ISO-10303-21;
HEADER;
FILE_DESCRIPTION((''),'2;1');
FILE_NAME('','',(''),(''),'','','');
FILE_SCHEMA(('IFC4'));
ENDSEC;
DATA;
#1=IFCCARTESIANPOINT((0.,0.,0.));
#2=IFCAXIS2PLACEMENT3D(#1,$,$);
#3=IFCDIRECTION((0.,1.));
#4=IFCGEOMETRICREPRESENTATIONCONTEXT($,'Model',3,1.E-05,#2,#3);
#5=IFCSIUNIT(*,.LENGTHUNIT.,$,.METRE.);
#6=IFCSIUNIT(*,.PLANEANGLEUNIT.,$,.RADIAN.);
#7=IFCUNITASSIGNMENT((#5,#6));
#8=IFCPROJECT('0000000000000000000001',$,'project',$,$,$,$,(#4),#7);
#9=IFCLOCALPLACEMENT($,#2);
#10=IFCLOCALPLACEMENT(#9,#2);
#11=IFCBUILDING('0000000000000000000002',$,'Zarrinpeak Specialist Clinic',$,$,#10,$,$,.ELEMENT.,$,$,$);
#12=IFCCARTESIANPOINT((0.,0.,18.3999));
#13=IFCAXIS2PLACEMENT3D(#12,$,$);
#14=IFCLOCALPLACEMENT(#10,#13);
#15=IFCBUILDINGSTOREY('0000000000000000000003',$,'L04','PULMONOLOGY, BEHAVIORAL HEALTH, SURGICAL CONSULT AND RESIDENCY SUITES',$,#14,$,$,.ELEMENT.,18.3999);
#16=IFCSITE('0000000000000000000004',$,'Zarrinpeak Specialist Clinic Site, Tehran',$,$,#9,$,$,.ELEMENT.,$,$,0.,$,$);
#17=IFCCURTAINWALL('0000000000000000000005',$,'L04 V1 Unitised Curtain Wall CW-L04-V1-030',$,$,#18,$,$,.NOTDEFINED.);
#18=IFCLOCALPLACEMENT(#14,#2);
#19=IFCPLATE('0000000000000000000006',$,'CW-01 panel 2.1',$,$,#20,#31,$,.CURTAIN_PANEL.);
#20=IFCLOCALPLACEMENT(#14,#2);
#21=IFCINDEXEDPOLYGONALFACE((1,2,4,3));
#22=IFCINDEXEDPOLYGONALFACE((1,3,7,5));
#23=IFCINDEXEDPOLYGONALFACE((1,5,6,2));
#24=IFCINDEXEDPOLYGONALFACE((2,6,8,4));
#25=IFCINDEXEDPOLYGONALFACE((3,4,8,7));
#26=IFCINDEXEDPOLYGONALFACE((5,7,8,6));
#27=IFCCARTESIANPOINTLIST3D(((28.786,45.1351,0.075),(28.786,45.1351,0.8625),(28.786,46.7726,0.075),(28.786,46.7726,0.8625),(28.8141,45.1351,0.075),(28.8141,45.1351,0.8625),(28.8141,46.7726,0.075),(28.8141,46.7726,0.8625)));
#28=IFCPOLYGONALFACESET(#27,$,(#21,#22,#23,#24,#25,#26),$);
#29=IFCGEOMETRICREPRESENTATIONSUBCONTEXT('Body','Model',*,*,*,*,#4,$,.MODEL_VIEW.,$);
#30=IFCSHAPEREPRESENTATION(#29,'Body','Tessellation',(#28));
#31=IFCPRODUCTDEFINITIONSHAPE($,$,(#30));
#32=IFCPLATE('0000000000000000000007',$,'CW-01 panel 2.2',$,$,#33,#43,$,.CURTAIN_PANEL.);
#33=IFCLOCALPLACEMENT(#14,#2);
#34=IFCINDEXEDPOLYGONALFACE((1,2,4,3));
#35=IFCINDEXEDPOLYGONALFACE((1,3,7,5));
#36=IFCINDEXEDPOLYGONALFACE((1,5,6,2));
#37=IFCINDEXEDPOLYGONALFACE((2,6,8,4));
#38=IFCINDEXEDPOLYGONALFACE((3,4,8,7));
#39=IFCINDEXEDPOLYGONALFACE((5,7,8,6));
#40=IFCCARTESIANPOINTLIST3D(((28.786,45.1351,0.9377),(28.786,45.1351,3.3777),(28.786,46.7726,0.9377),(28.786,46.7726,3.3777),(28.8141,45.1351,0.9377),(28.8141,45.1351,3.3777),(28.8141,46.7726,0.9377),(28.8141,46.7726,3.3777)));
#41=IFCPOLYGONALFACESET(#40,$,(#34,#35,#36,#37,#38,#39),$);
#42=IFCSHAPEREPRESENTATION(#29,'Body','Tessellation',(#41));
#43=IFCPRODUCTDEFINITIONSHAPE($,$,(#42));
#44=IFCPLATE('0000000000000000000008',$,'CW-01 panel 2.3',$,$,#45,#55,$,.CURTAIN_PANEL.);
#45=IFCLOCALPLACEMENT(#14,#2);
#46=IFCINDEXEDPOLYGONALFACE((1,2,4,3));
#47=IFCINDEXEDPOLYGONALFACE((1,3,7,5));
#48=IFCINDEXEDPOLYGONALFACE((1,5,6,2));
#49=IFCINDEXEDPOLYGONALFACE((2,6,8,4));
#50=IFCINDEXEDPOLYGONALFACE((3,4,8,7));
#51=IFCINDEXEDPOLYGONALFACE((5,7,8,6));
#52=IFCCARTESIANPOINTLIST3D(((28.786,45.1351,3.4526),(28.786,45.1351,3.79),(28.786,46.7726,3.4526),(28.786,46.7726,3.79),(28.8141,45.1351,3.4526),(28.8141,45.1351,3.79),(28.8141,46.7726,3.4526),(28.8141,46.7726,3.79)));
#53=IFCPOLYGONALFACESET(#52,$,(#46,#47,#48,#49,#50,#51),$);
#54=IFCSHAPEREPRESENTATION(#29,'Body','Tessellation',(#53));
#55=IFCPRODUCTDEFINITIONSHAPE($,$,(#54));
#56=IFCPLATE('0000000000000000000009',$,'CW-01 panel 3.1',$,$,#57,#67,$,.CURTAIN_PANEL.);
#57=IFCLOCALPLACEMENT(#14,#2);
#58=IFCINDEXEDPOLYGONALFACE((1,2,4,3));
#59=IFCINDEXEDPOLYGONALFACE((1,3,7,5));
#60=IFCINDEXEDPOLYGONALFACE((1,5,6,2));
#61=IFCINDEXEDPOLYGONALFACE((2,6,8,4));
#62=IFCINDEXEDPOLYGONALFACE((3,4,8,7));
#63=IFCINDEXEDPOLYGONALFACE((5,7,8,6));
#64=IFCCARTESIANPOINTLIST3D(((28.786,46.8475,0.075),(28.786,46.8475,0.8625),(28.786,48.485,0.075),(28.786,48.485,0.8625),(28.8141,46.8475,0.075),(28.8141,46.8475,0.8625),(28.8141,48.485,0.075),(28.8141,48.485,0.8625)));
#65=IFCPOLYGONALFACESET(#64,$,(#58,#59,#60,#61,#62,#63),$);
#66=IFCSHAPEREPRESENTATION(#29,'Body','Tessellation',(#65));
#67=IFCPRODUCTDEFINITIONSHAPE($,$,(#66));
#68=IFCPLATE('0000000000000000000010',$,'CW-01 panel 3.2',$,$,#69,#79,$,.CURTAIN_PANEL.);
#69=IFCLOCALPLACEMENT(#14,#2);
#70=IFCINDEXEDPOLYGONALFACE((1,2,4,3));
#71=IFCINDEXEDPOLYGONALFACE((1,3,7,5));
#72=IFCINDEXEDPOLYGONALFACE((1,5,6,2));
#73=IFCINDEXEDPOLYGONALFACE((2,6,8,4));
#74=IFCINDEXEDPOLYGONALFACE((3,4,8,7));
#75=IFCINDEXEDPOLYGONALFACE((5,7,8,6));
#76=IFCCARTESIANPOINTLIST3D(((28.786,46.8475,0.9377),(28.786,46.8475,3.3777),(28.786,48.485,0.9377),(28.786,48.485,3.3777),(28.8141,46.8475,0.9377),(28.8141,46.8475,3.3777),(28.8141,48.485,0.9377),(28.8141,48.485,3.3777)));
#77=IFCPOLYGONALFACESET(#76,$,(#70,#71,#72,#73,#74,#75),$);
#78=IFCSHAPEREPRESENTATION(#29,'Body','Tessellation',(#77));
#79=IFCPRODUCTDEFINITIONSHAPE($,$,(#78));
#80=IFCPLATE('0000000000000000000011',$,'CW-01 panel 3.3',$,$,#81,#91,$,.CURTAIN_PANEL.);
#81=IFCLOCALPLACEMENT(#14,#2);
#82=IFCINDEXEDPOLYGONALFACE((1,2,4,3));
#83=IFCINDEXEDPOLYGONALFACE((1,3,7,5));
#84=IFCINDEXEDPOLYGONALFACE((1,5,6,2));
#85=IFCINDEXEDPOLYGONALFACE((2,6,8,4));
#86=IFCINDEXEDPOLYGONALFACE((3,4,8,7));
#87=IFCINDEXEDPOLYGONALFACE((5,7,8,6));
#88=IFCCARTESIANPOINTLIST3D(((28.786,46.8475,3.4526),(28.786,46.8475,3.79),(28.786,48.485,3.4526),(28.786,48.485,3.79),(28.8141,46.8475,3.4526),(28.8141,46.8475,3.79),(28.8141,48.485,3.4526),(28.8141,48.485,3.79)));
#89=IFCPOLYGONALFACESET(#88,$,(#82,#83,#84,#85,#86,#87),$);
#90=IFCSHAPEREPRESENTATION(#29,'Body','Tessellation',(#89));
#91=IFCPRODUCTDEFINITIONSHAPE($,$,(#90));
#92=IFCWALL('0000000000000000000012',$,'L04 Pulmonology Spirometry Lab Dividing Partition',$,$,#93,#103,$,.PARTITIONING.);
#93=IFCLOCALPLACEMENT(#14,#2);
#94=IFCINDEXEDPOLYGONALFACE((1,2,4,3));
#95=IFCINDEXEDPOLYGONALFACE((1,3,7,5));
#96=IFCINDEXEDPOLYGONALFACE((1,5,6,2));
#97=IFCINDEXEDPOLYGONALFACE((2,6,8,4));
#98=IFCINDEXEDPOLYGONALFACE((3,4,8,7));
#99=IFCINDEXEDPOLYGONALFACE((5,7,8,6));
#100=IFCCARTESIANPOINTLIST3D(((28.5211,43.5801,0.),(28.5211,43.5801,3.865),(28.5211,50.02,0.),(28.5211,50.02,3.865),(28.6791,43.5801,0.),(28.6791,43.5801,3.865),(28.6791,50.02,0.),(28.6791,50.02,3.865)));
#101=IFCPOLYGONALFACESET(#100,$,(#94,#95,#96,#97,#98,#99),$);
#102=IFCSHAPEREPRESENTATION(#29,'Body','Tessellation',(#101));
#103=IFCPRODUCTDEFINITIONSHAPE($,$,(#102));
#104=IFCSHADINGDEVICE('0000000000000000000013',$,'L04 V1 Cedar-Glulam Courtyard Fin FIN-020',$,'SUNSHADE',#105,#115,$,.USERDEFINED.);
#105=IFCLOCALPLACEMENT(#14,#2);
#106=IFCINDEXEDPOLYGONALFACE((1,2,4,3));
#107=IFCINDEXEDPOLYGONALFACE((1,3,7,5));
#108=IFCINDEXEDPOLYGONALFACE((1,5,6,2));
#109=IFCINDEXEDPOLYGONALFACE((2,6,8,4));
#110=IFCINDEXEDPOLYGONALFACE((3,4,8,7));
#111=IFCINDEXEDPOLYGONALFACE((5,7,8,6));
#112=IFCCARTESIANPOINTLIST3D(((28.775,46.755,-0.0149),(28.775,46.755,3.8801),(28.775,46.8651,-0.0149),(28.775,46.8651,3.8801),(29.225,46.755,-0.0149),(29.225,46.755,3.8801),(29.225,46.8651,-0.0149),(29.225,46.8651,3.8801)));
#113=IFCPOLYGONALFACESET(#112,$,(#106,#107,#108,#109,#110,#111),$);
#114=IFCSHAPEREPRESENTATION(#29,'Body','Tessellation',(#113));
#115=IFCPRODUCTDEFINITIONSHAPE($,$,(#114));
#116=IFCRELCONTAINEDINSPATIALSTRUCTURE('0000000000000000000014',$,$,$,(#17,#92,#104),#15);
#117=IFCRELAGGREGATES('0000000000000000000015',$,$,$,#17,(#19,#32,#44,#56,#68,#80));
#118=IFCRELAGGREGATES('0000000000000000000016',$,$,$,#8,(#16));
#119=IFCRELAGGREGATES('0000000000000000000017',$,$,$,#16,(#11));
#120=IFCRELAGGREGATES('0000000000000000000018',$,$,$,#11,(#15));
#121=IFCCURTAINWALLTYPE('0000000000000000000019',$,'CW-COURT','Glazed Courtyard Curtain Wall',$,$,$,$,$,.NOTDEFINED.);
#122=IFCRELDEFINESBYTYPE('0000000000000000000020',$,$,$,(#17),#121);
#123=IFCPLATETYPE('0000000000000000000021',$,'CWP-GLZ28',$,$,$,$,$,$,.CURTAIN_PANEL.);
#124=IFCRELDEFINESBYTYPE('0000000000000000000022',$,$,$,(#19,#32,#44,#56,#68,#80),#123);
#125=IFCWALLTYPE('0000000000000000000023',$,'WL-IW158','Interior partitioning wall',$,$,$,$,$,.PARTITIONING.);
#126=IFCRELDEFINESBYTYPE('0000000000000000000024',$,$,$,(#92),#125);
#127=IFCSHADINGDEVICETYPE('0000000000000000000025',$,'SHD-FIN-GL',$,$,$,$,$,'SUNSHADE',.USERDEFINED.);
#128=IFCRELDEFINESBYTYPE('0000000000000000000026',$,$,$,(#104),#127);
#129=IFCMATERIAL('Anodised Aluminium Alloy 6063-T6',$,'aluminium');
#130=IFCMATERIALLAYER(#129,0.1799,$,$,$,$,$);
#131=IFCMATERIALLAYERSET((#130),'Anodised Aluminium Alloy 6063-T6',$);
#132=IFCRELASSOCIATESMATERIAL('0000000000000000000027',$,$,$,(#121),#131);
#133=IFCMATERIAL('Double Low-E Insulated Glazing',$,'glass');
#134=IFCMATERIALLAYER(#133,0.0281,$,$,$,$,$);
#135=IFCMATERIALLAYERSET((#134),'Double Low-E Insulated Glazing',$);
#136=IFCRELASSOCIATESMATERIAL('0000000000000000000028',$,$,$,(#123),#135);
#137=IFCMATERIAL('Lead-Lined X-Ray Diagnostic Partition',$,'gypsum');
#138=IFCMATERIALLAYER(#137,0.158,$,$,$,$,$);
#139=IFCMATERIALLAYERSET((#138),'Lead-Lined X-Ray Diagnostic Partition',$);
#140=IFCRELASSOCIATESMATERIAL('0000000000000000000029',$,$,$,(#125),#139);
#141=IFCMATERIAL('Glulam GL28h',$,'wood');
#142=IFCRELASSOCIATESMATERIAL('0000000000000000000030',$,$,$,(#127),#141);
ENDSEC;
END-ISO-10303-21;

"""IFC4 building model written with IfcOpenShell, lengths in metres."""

from ifc_helpers import new_model, si_unit, direction, frame, frame_2d, origin, origin_2d, place, context, subcontext, project, spatial, rectangle, extrude, material, layer, layer_set, type_object, element, aggregate, save


model = new_model("IFC4")

# Units and contexts
model_context = context("Model", 3, precision=1e-05, world=origin(), true_north=direction((0.0, 1.0)))
body_context = subcontext(model_context, "Body", "Model", "MODEL_VIEW")
ifc_project = project(units=[si_unit("LENGTHUNIT", "METRE"), si_unit("PLANEANGLEUNIT", "RADIAN")], contexts=[model_context])

# Site, building, storey
site_placement = place(None, origin())
site = spatial("IfcSite", under=ifc_project, at=site_placement, Name="Zarrinpeak Specialist Clinic Site, Tehran", CompositionType="ELEMENT", RefElevation=0.0)
building_placement = place(site_placement, origin())
building = spatial("IfcBuilding", under=site, at=building_placement, Name="Zarrinpeak Specialist Clinic", CompositionType="ELEMENT")
storey_placement = place(building_placement, frame((0.0, 0.0, 18.3999)))
storey = spatial("IfcBuildingStorey", under=building, at=storey_placement, Name="L04", Description="PULMONOLOGY, BEHAVIORAL HEALTH, SURGICAL CONSULT AND RESIDENCY SUITES", CompositionType="ELEMENT", Elevation=18.3999)

# Curtain wall, plates
ifc_material_1 = material(Name="Anodised Aluminium Alloy 6063-T6", Category="aluminium")
ifc_layer_1 = layer(ifc_material_1, 0.1799)
ifc_layer_set_1 = layer_set([ifc_layer_1], Name="Anodised Aluminium Alloy 6063-T6")
curtain_wall_type = type_object("IfcCurtainWallType", Name="CW-COURT", Description="Glazed Courtyard Curtain Wall", PredefinedType="NOTDEFINED", material=ifc_layer_set_1)
curtain_wall_placement = place(storey_placement, origin())
curtain_wall = element("IfcCurtainWall", 1, at=curtain_wall_placement, inside=storey, type_object=curtain_wall_type, Name="L04 V1 Unitised Curtain Wall CW-L04-V1-030", PredefinedType="NOTDEFINED")
ifc_material_2 = material(Name="Double Low-E Insulated Glazing", Category="glass")
ifc_layer_2 = layer(ifc_material_2, 0.0281)
ifc_layer_set_2 = layer_set([ifc_layer_2], Name="Double Low-E Insulated Glazing")
plate_type = type_object("IfcPlateType", Name="CWP-GLZ28", PredefinedType="CURTAIN_PANEL", material=ifc_layer_set_2)
plate_1_placement = place(storey_placement, frame((28.8, 45.9539, 0.075), z_axis=(0.0, 0.0, 1.0), x_axis=(0.0, 1.0, 0.0)))
plate_1 = element("IfcPlate", 2, at=plate_1_placement, type_object=plate_type, Name="CW-01 panel 2.1", PredefinedType="CURTAIN_PANEL", context=body_context, shape_type="SweptSolid", body=[
    extrude(rectangle(XDim=1.6375, YDim=0.0281, at=origin_2d()), origin(), (0.0, 0.0, 1.0), 0.7876),
])
plate_2_placement = place(storey_placement, frame((28.8, 45.9539, 0.9377), z_axis=(0.0, 0.0, 1.0), x_axis=(0.0, 1.0, 0.0)))
plate_2 = element("IfcPlate", 3, at=plate_2_placement, type_object=plate_type, Name="CW-01 panel 2.2", PredefinedType="CURTAIN_PANEL", context=body_context, shape_type="SweptSolid", body=[
    extrude(rectangle(XDim=1.6375, YDim=0.0281, at=origin_2d()), origin(), (0.0, 0.0, 1.0), 2.4399),
])
plate_3_placement = place(storey_placement, frame((28.8, 45.9539, 3.4526), z_axis=(0.0, 0.0, 1.0), x_axis=(0.0, 1.0, 0.0)))
plate_3 = element("IfcPlate", 4, at=plate_3_placement, type_object=plate_type, Name="CW-01 panel 2.3", PredefinedType="CURTAIN_PANEL", context=body_context, shape_type="SweptSolid", body=[
    extrude(rectangle(XDim=1.6375, YDim=0.0281, at=origin_2d()), origin(), (0.0, 0.0, 1.0), 0.3374),
])
plate_4_placement = place(storey_placement, frame((28.8, 47.6663, 0.075), z_axis=(0.0, 0.0, 1.0), x_axis=(0.0, 1.0, 0.0)))
plate_4 = element("IfcPlate", 5, at=plate_4_placement, type_object=plate_type, Name="CW-01 panel 3.1", PredefinedType="CURTAIN_PANEL", context=body_context, shape_type="SweptSolid", body=[
    extrude(rectangle(XDim=1.6375, YDim=0.0281, at=origin_2d()), origin(), (0.0, 0.0, 1.0), 0.7876),
])
plate_5_placement = place(storey_placement, frame((28.8, 47.6663, 0.9377), z_axis=(0.0, 0.0, 1.0), x_axis=(0.0, 1.0, 0.0)))
plate_5 = element("IfcPlate", 6, at=plate_5_placement, type_object=plate_type, Name="CW-01 panel 3.2", PredefinedType="CURTAIN_PANEL", context=body_context, shape_type="SweptSolid", body=[
    extrude(rectangle(XDim=1.6375, YDim=0.0281, at=origin_2d()), origin(), (0.0, 0.0, 1.0), 2.4399),
])
plate_6_placement = place(storey_placement, frame((28.8, 47.6663, 3.4526), z_axis=(0.0, 0.0, 1.0), x_axis=(0.0, 1.0, 0.0)))
plate_6 = element("IfcPlate", 7, at=plate_6_placement, type_object=plate_type, Name="CW-01 panel 3.3", PredefinedType="CURTAIN_PANEL", context=body_context, shape_type="SweptSolid", body=[
    extrude(rectangle(XDim=1.6375, YDim=0.0281, at=origin_2d()), origin(), (0.0, 0.0, 1.0), 0.3374),
])
aggregate(curtain_wall, [plate_1, plate_2, plate_3, plate_4, plate_5, plate_6])

# Wall
ifc_material_3 = material(Name="Lead-Lined X-Ray Diagnostic Partition", Category="gypsum")
ifc_layer_3 = layer(ifc_material_3, 0.158)
ifc_layer_set_3 = layer_set([ifc_layer_3], Name="Lead-Lined X-Ray Diagnostic Partition")
wall_type = type_object("IfcWallType", Name="WL-IW158", Description="Interior partitioning wall", PredefinedType="PARTITIONING", material=ifc_layer_set_3)
wall_placement = place(storey_placement, frame((28.6001, 43.5801, 0.0), z_axis=(0.0, 0.0, 1.0), x_axis=(0.0, 1.0, 0.0)))
element("IfcWall", 8, at=wall_placement, inside=storey, type_object=wall_type, Name="L04 Pulmonology Spirometry Lab Dividing Partition", PredefinedType="PARTITIONING", context=body_context, shape_type="SweptSolid", body=[
    extrude(rectangle(XDim=6.4399, YDim=0.158, at=frame_2d((3.22, 0.0))), origin(), (0.0, 0.0, 1.0), 3.865),
])

# Shading device
ifc_material_4 = material(Name="Glulam GL28h", Category="wood")
shading_device_type = type_object("IfcShadingDeviceType", Name="SHD-FIN-GL", ElementType="SUNSHADE", PredefinedType="USERDEFINED", material=ifc_material_4)
shading_device_placement = place(storey_placement, frame((29.0, 46.8101, -0.0149), z_axis=(0.0, 0.0, 1.0), x_axis=(1.0, 0.0, 0.0)))
element("IfcShadingDevice", 9, at=shading_device_placement, inside=storey, type_object=shading_device_type, Name="L04 V1 Cedar-Glulam Courtyard Fin FIN-020", ObjectType="SUNSHADE", PredefinedType="USERDEFINED", context=body_context, shape_type="SweptSolid", body=[
    extrude(rectangle(XDim=0.45, YDim=0.1101, at=origin_2d()), origin(), (0.0, 0.0, 1.0), 3.895),
])

save(model, "model.ifc")
